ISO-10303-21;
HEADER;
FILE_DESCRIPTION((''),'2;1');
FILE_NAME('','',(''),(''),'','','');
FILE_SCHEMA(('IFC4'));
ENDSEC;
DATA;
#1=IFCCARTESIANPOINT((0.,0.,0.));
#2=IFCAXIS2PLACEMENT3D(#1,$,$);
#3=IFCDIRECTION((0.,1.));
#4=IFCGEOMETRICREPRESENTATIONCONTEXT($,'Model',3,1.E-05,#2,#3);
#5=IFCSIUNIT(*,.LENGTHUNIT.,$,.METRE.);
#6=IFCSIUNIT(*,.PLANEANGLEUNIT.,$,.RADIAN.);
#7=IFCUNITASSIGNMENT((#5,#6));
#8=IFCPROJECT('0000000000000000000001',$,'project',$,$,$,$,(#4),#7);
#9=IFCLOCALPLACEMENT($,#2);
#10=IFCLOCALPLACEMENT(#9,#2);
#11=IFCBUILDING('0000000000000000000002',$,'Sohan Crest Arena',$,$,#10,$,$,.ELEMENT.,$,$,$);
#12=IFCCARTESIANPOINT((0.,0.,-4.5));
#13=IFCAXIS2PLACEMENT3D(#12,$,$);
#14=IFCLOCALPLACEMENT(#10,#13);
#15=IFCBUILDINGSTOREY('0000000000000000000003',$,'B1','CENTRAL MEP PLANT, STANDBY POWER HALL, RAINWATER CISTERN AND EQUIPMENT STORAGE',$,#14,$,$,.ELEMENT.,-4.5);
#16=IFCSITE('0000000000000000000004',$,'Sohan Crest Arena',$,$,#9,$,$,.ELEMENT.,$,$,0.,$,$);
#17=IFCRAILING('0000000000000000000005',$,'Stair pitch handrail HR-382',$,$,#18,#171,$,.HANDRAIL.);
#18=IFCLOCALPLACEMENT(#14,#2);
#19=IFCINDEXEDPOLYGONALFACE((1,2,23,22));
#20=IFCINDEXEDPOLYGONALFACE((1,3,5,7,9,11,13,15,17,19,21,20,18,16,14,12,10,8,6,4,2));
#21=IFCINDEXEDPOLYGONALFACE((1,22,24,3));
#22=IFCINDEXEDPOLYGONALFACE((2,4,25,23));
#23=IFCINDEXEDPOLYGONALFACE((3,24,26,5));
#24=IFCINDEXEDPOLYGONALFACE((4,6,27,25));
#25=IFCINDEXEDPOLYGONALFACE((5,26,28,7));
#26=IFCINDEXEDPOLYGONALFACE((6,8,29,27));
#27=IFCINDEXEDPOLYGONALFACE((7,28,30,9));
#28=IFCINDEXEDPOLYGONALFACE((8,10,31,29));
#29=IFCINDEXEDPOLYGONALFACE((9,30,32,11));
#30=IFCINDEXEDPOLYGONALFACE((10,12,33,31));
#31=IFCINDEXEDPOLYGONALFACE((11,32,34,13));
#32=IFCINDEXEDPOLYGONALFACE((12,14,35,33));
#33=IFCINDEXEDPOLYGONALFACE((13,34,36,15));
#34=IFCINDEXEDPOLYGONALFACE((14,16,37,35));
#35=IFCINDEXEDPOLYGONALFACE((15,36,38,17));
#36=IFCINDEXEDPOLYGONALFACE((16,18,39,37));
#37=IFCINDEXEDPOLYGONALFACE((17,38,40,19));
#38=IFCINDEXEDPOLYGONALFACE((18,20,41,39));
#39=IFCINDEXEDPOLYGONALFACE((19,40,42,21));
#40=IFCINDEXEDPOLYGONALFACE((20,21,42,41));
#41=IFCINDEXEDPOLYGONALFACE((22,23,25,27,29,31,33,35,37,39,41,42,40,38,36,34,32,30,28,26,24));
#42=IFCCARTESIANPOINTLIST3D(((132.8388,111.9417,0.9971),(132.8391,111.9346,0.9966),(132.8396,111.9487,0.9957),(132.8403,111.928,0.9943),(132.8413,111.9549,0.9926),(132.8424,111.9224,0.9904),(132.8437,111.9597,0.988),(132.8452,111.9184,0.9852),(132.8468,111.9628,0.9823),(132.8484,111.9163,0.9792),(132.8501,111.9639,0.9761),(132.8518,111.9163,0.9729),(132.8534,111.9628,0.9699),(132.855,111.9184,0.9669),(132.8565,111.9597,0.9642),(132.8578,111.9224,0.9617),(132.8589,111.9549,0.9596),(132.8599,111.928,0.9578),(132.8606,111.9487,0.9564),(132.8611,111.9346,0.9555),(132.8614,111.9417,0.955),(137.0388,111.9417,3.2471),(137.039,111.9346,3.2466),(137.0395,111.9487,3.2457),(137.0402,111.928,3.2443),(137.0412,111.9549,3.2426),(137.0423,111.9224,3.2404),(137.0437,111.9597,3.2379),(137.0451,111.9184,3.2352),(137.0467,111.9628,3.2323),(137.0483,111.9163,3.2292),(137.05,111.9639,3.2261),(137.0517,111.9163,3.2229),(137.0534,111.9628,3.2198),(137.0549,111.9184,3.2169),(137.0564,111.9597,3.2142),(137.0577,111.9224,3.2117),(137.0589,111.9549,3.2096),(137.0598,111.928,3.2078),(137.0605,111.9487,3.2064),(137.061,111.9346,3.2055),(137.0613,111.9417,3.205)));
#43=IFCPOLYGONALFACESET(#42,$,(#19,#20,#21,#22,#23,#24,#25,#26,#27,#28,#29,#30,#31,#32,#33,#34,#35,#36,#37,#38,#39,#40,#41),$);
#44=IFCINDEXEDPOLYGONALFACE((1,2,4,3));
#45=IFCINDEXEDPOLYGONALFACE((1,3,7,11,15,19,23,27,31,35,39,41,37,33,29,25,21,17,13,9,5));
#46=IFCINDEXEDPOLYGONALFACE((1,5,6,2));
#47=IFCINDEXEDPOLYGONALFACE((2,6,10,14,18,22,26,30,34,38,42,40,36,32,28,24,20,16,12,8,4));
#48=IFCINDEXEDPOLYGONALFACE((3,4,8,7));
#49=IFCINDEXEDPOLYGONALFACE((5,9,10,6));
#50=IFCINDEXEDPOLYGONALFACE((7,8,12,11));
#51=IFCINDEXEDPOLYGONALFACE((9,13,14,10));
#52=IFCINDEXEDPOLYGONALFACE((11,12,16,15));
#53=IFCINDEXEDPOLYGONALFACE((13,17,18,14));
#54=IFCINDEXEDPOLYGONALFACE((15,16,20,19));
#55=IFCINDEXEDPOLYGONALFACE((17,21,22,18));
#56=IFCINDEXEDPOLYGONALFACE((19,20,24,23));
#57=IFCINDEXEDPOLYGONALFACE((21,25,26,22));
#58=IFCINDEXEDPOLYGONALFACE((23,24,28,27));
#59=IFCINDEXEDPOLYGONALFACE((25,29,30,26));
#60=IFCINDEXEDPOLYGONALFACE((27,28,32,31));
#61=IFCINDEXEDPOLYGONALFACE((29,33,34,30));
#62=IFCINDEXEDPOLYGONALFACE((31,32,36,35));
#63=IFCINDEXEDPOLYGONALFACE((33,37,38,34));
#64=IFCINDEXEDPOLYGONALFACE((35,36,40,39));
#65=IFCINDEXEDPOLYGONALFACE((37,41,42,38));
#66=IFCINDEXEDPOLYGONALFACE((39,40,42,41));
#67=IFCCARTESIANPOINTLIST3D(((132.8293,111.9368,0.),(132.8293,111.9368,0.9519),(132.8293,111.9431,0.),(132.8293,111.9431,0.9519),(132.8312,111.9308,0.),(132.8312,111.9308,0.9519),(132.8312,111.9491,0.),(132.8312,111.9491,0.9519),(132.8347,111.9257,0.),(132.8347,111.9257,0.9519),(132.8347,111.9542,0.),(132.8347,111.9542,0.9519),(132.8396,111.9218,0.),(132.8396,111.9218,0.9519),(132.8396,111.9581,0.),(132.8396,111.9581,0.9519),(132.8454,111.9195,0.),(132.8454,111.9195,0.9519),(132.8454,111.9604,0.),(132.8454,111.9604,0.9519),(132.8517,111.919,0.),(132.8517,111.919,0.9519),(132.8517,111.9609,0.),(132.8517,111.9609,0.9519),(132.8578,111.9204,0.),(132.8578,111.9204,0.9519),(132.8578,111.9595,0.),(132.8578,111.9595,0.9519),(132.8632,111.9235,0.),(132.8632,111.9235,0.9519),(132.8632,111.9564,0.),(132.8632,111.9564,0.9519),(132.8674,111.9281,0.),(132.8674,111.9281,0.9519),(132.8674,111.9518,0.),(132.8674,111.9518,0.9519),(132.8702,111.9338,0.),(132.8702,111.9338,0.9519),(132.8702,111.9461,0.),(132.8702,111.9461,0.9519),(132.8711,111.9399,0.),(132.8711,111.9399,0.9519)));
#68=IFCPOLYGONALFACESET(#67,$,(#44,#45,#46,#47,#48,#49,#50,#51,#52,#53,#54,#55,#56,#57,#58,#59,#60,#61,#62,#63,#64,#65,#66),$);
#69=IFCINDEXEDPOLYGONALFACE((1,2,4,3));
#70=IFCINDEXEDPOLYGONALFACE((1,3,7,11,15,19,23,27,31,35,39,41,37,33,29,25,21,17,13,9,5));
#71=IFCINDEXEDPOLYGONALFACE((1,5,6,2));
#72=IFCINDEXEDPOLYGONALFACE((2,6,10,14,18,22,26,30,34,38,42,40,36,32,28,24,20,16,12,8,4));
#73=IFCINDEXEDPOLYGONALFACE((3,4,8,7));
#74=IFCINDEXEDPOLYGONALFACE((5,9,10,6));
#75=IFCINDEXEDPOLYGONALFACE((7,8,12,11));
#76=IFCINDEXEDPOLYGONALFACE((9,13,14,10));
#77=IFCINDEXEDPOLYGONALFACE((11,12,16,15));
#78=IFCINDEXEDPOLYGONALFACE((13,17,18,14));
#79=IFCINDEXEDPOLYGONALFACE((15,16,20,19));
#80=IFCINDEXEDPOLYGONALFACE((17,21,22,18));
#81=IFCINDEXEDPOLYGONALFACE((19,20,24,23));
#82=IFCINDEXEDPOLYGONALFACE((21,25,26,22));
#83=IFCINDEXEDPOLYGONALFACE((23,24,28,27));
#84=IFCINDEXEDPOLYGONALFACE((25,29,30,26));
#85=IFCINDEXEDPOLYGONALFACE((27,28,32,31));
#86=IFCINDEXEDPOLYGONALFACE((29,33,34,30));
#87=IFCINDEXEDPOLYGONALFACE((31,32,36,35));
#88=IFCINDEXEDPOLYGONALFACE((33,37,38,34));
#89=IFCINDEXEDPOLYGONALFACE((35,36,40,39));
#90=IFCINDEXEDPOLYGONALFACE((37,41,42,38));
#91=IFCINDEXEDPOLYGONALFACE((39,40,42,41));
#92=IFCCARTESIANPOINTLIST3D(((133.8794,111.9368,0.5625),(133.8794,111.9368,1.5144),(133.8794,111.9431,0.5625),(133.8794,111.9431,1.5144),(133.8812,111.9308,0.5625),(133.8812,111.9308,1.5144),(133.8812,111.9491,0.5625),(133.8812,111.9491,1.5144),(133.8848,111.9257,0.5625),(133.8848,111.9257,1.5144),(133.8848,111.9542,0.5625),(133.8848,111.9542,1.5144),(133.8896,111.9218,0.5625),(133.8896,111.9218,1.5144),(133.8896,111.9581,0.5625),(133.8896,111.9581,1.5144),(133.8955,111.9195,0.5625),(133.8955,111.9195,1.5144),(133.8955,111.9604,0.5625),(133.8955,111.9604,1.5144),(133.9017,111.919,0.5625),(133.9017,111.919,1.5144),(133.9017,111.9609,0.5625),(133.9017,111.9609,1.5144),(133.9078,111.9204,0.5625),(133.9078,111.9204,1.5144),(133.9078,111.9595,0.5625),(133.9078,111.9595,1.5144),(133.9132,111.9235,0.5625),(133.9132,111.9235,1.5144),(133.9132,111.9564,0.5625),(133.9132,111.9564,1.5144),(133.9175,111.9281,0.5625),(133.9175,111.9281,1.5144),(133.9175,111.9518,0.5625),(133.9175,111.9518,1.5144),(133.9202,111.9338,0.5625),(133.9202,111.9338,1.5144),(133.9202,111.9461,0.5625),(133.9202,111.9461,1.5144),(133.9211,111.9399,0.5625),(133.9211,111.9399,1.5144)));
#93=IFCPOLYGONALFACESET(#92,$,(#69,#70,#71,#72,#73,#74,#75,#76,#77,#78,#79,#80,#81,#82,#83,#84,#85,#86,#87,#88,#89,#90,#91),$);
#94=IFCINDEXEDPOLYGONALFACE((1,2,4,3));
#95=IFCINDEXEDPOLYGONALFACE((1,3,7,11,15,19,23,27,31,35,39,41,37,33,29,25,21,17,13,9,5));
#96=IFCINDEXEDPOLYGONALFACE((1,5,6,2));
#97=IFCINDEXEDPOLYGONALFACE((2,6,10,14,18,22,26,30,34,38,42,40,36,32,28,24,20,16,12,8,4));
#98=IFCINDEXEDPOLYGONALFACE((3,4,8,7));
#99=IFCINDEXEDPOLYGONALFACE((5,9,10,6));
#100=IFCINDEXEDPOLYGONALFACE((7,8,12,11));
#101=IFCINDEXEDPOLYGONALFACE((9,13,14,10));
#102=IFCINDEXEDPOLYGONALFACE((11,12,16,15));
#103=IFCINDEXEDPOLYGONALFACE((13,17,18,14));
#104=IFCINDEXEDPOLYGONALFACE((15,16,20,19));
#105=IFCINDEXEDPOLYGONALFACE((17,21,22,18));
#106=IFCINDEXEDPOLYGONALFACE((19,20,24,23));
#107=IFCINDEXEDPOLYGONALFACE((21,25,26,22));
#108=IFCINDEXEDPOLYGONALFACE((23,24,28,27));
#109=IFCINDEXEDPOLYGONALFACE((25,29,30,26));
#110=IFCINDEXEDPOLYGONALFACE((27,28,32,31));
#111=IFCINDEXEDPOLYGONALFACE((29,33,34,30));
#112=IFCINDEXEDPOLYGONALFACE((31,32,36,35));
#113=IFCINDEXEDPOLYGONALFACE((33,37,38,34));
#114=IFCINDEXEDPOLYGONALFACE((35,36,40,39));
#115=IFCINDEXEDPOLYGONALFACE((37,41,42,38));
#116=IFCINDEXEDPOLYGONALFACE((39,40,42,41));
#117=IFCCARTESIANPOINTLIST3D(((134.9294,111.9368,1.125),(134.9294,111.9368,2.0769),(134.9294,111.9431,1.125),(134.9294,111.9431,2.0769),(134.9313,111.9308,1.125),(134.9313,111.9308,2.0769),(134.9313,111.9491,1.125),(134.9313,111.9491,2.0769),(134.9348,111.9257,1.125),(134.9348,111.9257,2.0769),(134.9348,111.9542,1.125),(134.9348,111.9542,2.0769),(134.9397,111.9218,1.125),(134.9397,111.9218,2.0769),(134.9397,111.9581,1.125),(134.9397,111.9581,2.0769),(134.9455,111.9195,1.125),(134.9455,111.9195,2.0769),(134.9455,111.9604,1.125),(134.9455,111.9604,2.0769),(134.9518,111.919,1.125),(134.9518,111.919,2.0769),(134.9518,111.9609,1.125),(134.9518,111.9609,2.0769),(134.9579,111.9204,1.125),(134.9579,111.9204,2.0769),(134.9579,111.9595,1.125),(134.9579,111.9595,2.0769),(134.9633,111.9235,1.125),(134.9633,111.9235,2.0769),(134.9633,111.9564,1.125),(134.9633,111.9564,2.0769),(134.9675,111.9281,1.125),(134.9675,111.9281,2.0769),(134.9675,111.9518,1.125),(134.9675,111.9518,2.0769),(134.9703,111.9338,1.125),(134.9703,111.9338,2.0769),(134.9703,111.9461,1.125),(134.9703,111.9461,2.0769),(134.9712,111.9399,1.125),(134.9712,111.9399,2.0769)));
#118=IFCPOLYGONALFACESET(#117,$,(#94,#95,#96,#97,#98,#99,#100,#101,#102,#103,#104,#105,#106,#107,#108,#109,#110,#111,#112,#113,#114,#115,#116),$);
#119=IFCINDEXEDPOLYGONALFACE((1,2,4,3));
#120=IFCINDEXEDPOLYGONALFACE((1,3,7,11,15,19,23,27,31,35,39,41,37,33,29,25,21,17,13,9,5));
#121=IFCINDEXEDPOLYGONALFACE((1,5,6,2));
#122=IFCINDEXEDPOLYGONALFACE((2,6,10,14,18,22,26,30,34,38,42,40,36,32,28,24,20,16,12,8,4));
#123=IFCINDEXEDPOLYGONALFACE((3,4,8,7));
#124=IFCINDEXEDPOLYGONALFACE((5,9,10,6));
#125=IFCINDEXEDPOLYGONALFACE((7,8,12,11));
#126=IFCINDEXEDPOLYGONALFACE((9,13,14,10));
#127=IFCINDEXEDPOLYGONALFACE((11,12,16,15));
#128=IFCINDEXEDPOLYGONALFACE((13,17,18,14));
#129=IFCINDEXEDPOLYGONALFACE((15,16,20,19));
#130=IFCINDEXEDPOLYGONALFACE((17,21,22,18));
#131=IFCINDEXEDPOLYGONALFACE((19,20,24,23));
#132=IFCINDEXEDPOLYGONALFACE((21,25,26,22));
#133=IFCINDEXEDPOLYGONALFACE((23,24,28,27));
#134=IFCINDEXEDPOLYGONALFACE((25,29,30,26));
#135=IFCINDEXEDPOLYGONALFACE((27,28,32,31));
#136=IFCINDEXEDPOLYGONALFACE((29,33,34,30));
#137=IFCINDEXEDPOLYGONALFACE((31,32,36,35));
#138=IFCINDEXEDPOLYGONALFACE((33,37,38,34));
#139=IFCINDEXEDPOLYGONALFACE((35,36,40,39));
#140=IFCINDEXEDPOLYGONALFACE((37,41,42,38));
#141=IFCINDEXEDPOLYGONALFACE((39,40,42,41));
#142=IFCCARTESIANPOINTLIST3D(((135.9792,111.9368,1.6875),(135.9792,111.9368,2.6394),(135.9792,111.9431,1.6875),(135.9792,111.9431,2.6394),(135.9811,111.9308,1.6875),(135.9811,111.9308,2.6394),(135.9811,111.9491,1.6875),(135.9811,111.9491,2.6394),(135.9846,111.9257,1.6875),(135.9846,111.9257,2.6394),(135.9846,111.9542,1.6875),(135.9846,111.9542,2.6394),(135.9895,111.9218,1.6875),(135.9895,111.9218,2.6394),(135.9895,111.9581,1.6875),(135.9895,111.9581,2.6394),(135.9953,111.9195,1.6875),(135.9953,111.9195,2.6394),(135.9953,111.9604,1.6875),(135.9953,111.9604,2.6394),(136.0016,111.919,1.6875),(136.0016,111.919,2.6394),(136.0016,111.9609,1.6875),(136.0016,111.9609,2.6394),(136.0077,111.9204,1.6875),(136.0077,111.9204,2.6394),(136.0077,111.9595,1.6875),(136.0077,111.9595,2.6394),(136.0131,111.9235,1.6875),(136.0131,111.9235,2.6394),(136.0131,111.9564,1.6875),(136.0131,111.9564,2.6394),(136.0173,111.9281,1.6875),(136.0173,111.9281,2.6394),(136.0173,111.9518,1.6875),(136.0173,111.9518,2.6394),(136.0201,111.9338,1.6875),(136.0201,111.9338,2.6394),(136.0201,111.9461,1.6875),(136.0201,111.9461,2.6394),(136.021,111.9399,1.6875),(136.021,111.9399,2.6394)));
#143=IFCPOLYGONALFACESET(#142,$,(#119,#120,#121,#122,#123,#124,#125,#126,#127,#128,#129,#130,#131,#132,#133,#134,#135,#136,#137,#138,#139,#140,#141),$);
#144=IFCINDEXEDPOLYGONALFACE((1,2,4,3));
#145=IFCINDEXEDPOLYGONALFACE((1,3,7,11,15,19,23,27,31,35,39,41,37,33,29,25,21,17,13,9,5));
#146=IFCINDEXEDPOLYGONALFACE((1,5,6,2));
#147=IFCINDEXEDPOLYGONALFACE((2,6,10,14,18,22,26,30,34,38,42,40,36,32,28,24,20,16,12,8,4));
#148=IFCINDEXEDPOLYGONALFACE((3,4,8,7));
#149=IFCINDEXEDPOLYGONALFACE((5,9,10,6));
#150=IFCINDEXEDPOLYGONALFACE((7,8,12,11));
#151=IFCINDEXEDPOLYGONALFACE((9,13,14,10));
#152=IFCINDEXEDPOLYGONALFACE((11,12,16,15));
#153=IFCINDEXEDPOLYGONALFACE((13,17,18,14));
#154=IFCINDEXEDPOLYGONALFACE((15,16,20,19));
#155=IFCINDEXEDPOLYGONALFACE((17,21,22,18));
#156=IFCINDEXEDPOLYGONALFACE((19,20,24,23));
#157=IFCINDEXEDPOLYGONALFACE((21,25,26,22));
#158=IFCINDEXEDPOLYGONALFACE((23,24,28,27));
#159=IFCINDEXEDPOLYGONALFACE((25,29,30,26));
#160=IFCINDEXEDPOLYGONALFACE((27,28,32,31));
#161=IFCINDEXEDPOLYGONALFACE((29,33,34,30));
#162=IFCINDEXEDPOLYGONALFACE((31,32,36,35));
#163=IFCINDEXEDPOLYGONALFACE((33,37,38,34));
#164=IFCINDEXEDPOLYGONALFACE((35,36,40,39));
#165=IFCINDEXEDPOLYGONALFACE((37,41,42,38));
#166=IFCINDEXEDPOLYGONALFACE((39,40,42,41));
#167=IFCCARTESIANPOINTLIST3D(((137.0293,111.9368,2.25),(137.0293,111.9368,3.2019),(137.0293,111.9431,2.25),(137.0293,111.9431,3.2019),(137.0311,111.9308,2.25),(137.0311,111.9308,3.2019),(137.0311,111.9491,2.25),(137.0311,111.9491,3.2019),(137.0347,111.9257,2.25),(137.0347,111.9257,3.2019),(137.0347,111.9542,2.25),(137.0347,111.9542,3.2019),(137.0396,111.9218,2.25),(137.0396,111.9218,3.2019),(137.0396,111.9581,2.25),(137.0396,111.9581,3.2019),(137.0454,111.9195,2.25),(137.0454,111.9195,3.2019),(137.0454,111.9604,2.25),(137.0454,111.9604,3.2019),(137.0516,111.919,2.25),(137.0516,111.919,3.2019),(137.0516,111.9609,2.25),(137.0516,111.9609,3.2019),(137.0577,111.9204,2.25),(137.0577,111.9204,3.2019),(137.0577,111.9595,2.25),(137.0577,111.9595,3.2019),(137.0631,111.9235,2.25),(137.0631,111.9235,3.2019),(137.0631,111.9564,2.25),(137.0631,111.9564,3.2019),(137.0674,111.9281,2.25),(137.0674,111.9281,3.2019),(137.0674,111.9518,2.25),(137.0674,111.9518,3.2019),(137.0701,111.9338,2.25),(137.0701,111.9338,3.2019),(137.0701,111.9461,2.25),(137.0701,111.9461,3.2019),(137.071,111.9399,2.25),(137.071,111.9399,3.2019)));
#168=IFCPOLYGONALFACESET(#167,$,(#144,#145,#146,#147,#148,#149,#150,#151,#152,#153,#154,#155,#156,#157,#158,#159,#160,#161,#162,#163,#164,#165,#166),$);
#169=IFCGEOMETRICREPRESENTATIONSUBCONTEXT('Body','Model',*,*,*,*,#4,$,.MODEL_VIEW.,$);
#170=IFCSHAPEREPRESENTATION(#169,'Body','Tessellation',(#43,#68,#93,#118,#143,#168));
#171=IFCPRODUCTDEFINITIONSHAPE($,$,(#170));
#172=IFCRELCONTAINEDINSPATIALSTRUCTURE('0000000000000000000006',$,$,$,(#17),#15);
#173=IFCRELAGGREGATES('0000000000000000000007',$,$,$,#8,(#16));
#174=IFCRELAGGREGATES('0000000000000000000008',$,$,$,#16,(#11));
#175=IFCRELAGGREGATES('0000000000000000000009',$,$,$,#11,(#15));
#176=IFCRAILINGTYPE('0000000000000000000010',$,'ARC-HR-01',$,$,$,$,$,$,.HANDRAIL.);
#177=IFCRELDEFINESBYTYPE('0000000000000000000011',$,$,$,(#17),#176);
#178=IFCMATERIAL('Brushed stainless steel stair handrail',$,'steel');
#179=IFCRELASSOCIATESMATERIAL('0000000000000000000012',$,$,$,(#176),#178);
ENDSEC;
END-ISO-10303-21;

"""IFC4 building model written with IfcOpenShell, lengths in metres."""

from ifc_helpers import new_model, si_unit, direction, frame, origin, origin_2d, place, context, subcontext, project, spatial, circle, extrude, material, type_object, element, save


model = new_model("IFC4")

# Units and contexts
model_context = context("Model", 3, precision=1e-05, world=origin(), true_north=direction((0.0, 1.0)))
body_context = subcontext(model_context, "Body", "Model", "MODEL_VIEW")
ifc_project = project(units=[si_unit("LENGTHUNIT", "METRE"), si_unit("PLANEANGLEUNIT", "RADIAN")], contexts=[model_context])

# Site, building, storey
site_placement = place(None, origin())
site = spatial("IfcSite", under=ifc_project, at=site_placement, Name="Sohan Crest Arena", CompositionType="ELEMENT", RefElevation=0.0)
building_placement = place(site_placement, origin())
building = spatial("IfcBuilding", under=site, at=building_placement, Name="Sohan Crest Arena", CompositionType="ELEMENT")
storey_placement = place(building_placement, frame((0.0, 0.0, -4.5)))
storey = spatial("IfcBuildingStorey", under=building, at=storey_placement, Name="B1", Description="CENTRAL MEP PLANT, STANDBY POWER HALL, RAINWATER CISTERN AND EQUIPMENT STORAGE", CompositionType="ELEMENT", Elevation=-4.5)

# Railing
ifc_material_1 = material(Name="Brushed stainless steel stair handrail", Category="steel")
railing_type_1 = type_object("IfcRailingType", Name="ARC-HR-01", PredefinedType="HANDRAIL", material=ifc_material_1)
for number, where, name in (
    (1, (132.8501, 111.9399, 0.0), "Stair pitch handrail HR-382"),
):
    element("IfcRailing", number, at=place(storey_placement, frame(where)), inside=storey, type_object=railing_type_1, Name=name, PredefinedType="HANDRAIL", context=body_context, shape_type="SweptSolid", body=[
        extrude(circle(Radius=0.0239, at=origin_2d()), frame((0.0, 0.0, 0.9761), z_axis=(0.881478, 0.0, 0.472226), x_axis=(0.0, 1.0, 0.0)), (0.0, 0.0, 1.0), 4.7646),
        extrude(circle(Radius=0.021, at=origin_2d()), origin(), (0.0, 0.0, 1.0), 0.9519),
        extrude(circle(Radius=0.021, at=origin_2d()), frame((1.05, 0.0, 0.5625)), (0.0, 0.0, 1.0), 0.9519),
        extrude(circle(Radius=0.021, at=origin_2d()), frame((2.1001, 0.0, 1.125)), (0.0, 0.0, 1.0), 0.9519),
        extrude(circle(Radius=0.021, at=origin_2d()), frame((3.1499, 0.0, 1.6875)), (0.0, 0.0, 1.0), 0.9519),
        extrude(circle(Radius=0.021, at=origin_2d()), frame((4.2, 0.0, 2.25)), (0.0, 0.0, 1.0), 0.9519),
    ])

save(model, "model.ifc")
